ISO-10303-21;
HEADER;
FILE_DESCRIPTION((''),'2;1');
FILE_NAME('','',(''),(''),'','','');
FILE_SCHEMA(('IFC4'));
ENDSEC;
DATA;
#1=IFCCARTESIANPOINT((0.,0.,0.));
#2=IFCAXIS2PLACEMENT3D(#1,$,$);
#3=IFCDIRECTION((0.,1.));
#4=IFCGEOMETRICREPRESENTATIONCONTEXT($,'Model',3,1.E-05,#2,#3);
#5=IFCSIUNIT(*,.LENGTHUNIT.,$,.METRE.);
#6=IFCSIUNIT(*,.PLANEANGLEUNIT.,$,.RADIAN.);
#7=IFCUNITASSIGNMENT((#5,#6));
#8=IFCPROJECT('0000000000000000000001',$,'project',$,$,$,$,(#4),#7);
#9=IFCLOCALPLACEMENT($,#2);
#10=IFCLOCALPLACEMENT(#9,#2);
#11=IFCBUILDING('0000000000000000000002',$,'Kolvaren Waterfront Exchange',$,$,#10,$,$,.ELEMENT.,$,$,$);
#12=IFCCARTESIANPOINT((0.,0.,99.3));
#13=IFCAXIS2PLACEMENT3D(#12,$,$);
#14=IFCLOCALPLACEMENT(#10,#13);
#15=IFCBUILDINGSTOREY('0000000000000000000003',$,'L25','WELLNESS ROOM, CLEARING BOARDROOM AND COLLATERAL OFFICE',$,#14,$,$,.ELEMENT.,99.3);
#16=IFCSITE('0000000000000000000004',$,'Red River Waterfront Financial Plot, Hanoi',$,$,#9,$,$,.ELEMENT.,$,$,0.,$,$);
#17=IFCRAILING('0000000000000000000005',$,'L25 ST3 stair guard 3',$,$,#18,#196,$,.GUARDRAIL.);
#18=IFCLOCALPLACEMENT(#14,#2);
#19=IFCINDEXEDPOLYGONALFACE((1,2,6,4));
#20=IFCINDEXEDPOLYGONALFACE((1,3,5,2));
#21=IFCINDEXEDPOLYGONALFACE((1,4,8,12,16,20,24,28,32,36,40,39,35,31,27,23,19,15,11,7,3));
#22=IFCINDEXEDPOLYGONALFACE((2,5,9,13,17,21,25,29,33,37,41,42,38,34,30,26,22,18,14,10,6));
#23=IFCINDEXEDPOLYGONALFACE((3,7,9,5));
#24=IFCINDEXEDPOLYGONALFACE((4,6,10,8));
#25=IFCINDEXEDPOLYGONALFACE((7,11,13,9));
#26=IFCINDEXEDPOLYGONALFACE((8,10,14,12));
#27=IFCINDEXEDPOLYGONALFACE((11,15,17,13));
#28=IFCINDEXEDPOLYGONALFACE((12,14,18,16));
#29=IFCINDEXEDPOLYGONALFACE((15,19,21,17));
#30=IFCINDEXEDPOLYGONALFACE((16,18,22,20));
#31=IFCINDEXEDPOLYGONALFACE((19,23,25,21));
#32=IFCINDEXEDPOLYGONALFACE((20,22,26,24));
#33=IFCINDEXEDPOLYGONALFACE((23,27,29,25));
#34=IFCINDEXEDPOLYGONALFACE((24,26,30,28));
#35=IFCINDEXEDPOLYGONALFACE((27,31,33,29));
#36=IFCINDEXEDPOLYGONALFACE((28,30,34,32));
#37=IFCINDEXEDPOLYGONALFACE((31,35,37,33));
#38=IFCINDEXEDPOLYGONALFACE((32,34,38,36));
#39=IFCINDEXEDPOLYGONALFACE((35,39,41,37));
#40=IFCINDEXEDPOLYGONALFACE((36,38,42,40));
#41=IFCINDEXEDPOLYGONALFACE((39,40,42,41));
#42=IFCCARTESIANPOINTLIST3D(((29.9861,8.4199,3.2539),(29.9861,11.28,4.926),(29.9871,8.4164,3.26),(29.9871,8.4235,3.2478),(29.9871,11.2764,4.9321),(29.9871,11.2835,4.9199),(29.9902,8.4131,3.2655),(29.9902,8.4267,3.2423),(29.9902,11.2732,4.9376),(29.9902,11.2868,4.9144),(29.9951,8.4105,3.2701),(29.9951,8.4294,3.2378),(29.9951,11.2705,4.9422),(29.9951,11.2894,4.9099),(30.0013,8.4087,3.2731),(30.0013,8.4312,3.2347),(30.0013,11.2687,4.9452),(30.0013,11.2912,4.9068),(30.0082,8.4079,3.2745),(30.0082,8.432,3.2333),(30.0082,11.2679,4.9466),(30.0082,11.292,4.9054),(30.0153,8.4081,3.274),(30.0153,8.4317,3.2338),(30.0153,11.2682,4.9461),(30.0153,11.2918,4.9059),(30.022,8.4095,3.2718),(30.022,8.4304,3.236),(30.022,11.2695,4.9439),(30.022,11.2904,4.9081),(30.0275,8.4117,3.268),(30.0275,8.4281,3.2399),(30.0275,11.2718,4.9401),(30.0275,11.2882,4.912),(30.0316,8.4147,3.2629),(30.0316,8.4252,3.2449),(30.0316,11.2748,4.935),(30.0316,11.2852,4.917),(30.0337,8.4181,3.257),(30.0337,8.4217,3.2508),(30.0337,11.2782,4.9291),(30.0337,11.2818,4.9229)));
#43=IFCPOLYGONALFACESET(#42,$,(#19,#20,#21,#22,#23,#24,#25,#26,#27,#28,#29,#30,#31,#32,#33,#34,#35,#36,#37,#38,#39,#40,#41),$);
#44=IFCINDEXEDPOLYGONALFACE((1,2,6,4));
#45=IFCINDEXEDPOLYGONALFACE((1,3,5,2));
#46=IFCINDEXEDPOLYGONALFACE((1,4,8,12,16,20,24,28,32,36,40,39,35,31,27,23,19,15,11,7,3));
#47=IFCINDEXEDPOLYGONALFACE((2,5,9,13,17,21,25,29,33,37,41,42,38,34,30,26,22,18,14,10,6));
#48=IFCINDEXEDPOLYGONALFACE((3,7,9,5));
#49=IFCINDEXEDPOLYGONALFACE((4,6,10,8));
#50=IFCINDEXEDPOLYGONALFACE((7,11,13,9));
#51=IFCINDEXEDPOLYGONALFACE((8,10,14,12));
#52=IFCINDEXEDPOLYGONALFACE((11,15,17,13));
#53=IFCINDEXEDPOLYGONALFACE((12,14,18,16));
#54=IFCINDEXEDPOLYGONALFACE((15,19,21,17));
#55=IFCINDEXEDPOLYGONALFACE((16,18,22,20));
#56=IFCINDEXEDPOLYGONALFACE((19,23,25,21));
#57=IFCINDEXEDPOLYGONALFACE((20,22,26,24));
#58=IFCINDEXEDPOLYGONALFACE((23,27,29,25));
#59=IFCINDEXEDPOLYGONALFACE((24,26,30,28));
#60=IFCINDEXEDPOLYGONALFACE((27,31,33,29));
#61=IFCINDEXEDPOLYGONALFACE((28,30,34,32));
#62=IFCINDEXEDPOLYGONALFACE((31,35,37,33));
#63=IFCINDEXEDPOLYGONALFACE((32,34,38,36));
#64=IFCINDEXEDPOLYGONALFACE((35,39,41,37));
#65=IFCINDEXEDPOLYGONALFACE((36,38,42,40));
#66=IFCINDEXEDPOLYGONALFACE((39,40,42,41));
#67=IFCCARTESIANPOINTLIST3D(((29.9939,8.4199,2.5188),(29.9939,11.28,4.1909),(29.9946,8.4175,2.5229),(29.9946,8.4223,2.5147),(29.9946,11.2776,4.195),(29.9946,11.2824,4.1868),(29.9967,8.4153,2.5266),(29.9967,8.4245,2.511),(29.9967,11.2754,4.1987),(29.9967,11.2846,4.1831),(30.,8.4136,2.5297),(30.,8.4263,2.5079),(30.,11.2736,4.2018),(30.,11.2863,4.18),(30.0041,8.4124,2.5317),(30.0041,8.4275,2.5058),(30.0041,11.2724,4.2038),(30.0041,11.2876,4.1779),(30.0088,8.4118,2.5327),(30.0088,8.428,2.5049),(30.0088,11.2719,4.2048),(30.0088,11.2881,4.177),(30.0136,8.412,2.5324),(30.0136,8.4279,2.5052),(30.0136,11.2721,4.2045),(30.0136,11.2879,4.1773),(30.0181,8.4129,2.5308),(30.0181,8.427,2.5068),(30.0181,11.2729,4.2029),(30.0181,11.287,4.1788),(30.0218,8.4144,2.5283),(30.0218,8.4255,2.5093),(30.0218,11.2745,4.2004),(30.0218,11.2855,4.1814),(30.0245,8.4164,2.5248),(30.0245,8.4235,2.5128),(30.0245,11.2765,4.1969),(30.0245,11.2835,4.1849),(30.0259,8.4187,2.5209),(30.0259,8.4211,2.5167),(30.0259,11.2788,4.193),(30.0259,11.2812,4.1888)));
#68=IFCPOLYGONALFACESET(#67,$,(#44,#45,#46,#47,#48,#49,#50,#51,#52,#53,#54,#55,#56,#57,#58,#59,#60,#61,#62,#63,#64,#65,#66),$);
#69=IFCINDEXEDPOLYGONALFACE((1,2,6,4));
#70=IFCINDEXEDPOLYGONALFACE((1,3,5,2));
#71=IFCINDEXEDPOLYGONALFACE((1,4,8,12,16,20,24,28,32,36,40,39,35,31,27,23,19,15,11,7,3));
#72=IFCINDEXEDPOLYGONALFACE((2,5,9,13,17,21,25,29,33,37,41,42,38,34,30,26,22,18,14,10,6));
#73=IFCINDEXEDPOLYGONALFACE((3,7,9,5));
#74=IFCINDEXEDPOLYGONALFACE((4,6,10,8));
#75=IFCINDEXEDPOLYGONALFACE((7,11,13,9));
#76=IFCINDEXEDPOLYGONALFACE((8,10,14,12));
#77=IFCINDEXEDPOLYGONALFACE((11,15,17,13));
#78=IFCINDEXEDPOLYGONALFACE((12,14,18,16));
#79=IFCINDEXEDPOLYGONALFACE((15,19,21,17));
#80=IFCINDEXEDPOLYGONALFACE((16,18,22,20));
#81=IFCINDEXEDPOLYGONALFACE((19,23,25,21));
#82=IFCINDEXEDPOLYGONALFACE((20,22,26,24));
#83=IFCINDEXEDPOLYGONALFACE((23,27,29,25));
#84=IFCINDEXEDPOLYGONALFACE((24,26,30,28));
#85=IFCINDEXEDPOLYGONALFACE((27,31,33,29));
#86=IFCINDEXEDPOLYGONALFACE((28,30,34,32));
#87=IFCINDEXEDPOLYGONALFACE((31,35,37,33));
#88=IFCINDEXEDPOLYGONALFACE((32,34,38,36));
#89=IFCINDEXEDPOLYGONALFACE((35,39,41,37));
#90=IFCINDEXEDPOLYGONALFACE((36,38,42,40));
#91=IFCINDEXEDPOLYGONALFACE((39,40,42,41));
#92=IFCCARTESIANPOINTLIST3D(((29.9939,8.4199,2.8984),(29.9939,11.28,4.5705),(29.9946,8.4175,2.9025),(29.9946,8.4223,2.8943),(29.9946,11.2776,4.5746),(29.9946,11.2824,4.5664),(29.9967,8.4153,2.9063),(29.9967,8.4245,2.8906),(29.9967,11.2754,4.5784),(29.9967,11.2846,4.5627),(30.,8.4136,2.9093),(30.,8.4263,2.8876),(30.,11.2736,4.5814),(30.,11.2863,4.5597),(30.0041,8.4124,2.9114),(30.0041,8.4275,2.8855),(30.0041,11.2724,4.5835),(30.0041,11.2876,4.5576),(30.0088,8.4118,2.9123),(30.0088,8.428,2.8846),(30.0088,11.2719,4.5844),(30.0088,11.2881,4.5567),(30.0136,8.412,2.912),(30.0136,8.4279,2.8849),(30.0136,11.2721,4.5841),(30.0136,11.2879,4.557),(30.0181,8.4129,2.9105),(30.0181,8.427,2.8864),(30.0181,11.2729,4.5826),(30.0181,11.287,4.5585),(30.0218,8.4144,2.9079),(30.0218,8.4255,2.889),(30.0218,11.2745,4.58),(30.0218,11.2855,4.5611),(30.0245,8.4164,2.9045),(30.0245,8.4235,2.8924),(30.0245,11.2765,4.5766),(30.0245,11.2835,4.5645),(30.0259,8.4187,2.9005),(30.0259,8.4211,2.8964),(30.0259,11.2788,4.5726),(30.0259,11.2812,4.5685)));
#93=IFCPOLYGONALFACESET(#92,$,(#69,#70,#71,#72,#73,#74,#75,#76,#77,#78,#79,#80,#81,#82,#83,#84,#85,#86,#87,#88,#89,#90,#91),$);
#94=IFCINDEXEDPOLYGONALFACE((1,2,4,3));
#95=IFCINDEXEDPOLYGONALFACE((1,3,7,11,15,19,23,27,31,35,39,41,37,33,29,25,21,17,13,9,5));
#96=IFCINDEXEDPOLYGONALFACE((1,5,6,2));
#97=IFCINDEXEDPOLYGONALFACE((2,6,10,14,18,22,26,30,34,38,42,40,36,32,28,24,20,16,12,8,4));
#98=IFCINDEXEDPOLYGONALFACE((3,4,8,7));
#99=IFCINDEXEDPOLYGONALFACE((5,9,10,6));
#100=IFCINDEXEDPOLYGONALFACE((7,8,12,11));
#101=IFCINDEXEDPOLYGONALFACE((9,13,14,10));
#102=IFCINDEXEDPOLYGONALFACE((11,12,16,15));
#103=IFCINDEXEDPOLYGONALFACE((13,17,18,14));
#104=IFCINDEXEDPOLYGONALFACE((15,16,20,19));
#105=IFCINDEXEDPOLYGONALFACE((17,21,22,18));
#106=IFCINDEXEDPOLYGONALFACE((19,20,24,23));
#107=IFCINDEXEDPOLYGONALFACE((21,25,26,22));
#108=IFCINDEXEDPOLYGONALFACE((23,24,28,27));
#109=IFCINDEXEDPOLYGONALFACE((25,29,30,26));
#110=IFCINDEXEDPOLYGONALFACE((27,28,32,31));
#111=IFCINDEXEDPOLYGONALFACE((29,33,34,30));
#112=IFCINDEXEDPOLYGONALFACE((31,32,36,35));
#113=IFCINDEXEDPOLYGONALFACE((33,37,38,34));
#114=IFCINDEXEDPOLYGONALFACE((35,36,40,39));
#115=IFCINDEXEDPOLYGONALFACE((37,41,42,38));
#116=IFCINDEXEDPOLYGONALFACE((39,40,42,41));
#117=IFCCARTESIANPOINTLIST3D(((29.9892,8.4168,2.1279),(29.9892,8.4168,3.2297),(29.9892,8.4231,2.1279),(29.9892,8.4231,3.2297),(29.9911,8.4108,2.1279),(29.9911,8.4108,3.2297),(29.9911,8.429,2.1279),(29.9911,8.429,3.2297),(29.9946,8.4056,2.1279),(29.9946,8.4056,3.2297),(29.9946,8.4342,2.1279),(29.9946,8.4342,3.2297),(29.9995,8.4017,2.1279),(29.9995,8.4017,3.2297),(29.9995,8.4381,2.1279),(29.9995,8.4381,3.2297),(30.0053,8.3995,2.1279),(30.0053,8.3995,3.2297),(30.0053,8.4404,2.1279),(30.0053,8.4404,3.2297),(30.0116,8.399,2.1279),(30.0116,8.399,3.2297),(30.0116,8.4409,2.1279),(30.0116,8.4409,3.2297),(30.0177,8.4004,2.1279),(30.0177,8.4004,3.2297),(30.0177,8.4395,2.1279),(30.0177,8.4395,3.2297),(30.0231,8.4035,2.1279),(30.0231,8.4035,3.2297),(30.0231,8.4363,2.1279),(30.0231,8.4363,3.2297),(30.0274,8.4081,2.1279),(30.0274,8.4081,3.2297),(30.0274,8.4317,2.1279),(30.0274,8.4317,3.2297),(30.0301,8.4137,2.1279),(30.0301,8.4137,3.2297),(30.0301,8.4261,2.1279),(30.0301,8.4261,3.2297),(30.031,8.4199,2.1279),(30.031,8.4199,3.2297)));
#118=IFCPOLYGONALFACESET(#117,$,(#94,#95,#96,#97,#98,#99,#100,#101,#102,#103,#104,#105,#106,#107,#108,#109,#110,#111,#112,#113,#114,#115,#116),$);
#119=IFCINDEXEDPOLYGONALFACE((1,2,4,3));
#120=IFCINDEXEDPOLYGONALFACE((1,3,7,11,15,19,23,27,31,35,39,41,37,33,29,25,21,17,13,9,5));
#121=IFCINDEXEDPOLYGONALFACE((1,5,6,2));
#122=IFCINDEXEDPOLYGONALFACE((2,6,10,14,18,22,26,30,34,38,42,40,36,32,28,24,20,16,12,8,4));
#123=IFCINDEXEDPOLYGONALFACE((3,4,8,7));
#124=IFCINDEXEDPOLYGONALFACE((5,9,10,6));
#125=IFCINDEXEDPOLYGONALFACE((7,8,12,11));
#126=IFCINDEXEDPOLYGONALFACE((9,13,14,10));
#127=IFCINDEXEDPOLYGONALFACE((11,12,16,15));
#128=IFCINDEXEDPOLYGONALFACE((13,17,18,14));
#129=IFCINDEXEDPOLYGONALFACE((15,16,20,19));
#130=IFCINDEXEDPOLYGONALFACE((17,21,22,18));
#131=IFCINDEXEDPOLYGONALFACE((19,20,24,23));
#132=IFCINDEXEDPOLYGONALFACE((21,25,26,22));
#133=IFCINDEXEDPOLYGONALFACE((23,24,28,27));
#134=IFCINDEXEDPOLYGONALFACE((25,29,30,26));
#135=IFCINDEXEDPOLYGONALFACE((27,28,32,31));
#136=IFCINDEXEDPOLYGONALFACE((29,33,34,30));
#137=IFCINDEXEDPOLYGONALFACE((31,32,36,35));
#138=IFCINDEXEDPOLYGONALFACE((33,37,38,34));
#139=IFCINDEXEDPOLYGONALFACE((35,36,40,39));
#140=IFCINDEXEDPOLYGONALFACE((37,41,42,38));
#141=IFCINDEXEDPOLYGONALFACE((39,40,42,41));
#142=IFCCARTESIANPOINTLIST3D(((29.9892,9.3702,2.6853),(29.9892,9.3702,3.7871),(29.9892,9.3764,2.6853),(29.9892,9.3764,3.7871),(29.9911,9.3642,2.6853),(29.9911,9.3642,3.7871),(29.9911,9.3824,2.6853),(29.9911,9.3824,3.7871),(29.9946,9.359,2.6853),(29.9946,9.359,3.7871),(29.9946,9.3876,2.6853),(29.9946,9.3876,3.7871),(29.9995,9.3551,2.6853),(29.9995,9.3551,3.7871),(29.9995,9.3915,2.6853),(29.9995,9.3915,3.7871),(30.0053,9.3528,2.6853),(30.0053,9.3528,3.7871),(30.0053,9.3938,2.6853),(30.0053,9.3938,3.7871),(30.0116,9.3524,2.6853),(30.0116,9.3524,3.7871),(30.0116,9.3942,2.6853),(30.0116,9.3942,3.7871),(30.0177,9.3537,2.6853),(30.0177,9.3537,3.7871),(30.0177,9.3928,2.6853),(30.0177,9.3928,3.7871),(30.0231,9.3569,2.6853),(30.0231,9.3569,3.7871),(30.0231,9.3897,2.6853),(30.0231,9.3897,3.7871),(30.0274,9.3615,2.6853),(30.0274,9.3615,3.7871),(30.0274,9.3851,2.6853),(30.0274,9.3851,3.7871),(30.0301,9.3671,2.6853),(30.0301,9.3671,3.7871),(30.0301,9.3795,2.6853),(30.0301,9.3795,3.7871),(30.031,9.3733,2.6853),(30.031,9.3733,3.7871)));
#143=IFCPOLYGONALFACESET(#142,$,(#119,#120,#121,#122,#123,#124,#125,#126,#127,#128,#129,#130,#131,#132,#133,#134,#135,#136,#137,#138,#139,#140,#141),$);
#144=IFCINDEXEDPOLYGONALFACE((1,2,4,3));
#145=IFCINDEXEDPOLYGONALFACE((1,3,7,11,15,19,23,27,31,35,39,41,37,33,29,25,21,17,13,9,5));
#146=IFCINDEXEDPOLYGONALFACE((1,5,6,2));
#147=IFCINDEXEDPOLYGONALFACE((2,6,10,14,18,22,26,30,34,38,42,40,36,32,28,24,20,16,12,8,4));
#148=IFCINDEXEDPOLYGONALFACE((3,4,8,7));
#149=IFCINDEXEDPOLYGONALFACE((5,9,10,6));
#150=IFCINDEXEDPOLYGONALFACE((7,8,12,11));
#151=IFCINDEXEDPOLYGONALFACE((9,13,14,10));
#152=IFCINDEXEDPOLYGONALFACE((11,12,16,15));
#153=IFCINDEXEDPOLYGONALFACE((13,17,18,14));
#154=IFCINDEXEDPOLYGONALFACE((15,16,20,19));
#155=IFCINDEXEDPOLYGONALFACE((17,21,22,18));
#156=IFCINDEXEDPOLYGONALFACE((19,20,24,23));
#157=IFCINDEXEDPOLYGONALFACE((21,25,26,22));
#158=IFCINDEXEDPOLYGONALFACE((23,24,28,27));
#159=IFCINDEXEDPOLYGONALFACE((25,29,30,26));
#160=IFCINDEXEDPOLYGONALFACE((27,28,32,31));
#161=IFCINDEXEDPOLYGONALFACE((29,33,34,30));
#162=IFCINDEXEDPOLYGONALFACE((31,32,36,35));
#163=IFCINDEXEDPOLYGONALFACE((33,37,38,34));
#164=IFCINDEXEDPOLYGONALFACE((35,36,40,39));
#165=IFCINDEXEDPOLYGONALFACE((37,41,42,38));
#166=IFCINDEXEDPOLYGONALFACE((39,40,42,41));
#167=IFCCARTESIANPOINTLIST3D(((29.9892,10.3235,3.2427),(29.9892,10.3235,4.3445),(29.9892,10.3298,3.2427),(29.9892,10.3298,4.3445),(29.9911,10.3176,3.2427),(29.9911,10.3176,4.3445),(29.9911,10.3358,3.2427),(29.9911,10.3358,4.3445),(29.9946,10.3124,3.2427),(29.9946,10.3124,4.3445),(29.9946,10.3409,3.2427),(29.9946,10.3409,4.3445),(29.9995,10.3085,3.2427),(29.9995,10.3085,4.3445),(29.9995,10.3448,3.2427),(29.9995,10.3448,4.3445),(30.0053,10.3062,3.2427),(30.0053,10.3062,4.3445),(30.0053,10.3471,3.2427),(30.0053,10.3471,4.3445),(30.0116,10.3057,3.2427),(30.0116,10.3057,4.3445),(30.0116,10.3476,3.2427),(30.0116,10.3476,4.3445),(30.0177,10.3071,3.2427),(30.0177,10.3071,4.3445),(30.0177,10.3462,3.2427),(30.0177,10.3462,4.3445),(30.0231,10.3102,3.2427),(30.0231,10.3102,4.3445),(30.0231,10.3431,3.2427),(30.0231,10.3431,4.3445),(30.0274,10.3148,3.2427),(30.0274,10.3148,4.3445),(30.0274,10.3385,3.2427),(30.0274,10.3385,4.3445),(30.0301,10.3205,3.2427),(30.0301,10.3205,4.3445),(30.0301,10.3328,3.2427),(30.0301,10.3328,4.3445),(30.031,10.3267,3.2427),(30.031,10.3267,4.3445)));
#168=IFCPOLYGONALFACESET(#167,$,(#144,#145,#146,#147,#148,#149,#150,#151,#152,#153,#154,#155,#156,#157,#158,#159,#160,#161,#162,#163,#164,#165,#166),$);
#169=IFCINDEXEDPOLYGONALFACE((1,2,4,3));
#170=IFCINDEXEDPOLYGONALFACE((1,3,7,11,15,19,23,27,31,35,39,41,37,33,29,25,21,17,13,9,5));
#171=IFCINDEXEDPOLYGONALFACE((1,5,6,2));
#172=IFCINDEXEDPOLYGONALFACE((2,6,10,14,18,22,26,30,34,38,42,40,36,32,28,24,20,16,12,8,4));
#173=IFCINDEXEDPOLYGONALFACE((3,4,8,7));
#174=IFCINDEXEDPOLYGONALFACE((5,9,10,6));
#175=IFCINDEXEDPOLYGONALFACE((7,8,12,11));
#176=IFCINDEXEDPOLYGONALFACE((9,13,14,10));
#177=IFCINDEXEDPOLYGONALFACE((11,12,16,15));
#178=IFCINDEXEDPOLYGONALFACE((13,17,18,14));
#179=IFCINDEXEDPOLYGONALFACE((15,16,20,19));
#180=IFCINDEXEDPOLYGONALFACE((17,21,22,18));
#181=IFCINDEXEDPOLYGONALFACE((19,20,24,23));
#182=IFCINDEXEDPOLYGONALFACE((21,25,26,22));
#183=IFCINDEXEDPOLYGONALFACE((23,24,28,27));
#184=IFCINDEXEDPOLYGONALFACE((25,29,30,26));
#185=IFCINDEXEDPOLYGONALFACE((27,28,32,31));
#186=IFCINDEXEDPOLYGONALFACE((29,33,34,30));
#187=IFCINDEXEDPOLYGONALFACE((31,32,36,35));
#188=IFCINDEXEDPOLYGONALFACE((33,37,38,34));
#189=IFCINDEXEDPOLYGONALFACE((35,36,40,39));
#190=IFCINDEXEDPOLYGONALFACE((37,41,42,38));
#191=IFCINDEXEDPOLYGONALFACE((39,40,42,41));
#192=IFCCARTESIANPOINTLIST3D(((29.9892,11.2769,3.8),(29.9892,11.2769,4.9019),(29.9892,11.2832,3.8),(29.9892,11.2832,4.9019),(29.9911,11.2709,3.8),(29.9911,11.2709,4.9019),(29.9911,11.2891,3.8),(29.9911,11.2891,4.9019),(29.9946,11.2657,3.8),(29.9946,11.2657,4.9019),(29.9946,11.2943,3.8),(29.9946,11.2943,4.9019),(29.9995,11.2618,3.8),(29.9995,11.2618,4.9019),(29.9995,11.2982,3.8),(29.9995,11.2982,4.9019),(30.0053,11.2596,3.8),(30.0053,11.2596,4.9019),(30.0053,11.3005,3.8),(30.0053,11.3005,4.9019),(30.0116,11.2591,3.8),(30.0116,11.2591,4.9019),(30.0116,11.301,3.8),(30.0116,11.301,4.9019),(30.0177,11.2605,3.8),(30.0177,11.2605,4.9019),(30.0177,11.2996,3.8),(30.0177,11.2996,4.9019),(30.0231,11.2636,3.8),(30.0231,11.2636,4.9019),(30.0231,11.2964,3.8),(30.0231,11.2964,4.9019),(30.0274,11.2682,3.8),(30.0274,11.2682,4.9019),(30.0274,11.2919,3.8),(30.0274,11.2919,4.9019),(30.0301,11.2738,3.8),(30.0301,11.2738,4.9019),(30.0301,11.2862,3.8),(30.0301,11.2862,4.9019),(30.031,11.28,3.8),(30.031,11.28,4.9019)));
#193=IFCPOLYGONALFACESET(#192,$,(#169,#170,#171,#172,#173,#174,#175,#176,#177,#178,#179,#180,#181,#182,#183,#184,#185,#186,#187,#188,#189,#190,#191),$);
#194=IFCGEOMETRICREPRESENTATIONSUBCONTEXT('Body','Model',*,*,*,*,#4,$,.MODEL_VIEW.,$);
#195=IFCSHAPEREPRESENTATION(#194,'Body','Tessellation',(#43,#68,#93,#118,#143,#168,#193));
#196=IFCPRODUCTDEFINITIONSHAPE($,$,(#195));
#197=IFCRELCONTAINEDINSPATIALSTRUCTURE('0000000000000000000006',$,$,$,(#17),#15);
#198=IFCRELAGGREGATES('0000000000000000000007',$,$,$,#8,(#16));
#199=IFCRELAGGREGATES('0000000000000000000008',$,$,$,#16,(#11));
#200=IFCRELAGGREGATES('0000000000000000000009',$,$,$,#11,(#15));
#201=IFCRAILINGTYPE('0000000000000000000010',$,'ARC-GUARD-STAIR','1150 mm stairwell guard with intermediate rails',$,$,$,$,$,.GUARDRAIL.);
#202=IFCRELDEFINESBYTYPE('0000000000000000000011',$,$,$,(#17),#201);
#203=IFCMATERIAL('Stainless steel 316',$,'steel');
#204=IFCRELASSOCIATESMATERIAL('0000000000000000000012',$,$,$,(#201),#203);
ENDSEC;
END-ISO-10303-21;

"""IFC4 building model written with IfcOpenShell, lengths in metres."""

from ifc_helpers import new_model, si_unit, direction, frame, origin, origin_2d, place, context, subcontext, project, spatial, circle, extrude, material, type_object, element, save


model = new_model("IFC4")

# Units and contexts
model_context = context("Model", 3, precision=1e-05, world=origin(), true_north=direction((0.0, 1.0)))
body_context = subcontext(model_context, "Body", "Model", "MODEL_VIEW")
ifc_project = project(units=[si_unit("LENGTHUNIT", "METRE"), si_unit("PLANEANGLEUNIT", "RADIAN")], contexts=[model_context])

# Site, building, storey
site_placement = place(None, origin())
site = spatial("IfcSite", under=ifc_project, at=site_placement, Name="Red River Waterfront Financial Plot, Hanoi", CompositionType="ELEMENT", RefElevation=0.0)
building_placement = place(site_placement, origin())
building = spatial("IfcBuilding", under=site, at=building_placement, Name="Kolvaren Waterfront Exchange", CompositionType="ELEMENT")
storey_placement = place(building_placement, frame((0.0, 0.0, 99.3)))
storey = spatial("IfcBuildingStorey", under=building, at=storey_placement, Name="L25", Description="WELLNESS ROOM, CLEARING BOARDROOM AND COLLATERAL OFFICE", CompositionType="ELEMENT", Elevation=99.3)

# Railing
ifc_material_1 = material(Name="Stainless steel 316", Category="steel")
railing_type_1 = type_object("IfcRailingType", Name="ARC-GUARD-STAIR", Description="1150 mm stairwell guard with intermediate rails", PredefinedType="GUARDRAIL", material=ifc_material_1)
railing_1_placement = place(storey_placement, frame((30.01, 8.4199, 2.1279)))
element("IfcRailing", 1, at=railing_1_placement, inside=storey, type_object=railing_type_1, Name="L25 ST3 stair guard 3", PredefinedType="GUARDRAIL", context=body_context, shape_type="SweptSolid", body=[
    extrude(circle(Radius=0.0239, at=origin_2d()), frame((0.0, 0.0, 1.126), z_axis=(0.0, 0.863289, 0.504709), x_axis=(-1.0, 0.0, 0.0)), (0.0, 0.0, 1.0), 3.313),
    extrude(circle(Radius=0.0161, at=origin_2d()), frame((0.0, 0.0, 0.3909), z_axis=(0.0, 0.863289, 0.504709), x_axis=(-1.0, 0.0, 0.0)), (0.0, 0.0, 1.0), 3.313),
    extrude(circle(Radius=0.0161, at=origin_2d()), frame((0.0, 0.0, 0.7705), z_axis=(0.0, 0.863289, 0.504709), x_axis=(-1.0, 0.0, 0.0)), (0.0, 0.0, 1.0), 3.313),
    extrude(circle(Radius=0.021, at=origin_2d()), origin(), (0.0, 0.0, 1.0), 1.1018),
    extrude(circle(Radius=0.021, at=origin_2d()), frame((0.0, 0.9534, 0.5574)), (0.0, 0.0, 1.0), 1.1018),
    extrude(circle(Radius=0.021, at=origin_2d()), frame((0.0, 1.9067, 1.1147)), (0.0, 0.0, 1.0), 1.1018),
    extrude(circle(Radius=0.021, at=origin_2d()), frame((0.0, 2.8601, 1.6721)), (0.0, 0.0, 1.0), 1.1018),
])

save(model, "model.ifc")
